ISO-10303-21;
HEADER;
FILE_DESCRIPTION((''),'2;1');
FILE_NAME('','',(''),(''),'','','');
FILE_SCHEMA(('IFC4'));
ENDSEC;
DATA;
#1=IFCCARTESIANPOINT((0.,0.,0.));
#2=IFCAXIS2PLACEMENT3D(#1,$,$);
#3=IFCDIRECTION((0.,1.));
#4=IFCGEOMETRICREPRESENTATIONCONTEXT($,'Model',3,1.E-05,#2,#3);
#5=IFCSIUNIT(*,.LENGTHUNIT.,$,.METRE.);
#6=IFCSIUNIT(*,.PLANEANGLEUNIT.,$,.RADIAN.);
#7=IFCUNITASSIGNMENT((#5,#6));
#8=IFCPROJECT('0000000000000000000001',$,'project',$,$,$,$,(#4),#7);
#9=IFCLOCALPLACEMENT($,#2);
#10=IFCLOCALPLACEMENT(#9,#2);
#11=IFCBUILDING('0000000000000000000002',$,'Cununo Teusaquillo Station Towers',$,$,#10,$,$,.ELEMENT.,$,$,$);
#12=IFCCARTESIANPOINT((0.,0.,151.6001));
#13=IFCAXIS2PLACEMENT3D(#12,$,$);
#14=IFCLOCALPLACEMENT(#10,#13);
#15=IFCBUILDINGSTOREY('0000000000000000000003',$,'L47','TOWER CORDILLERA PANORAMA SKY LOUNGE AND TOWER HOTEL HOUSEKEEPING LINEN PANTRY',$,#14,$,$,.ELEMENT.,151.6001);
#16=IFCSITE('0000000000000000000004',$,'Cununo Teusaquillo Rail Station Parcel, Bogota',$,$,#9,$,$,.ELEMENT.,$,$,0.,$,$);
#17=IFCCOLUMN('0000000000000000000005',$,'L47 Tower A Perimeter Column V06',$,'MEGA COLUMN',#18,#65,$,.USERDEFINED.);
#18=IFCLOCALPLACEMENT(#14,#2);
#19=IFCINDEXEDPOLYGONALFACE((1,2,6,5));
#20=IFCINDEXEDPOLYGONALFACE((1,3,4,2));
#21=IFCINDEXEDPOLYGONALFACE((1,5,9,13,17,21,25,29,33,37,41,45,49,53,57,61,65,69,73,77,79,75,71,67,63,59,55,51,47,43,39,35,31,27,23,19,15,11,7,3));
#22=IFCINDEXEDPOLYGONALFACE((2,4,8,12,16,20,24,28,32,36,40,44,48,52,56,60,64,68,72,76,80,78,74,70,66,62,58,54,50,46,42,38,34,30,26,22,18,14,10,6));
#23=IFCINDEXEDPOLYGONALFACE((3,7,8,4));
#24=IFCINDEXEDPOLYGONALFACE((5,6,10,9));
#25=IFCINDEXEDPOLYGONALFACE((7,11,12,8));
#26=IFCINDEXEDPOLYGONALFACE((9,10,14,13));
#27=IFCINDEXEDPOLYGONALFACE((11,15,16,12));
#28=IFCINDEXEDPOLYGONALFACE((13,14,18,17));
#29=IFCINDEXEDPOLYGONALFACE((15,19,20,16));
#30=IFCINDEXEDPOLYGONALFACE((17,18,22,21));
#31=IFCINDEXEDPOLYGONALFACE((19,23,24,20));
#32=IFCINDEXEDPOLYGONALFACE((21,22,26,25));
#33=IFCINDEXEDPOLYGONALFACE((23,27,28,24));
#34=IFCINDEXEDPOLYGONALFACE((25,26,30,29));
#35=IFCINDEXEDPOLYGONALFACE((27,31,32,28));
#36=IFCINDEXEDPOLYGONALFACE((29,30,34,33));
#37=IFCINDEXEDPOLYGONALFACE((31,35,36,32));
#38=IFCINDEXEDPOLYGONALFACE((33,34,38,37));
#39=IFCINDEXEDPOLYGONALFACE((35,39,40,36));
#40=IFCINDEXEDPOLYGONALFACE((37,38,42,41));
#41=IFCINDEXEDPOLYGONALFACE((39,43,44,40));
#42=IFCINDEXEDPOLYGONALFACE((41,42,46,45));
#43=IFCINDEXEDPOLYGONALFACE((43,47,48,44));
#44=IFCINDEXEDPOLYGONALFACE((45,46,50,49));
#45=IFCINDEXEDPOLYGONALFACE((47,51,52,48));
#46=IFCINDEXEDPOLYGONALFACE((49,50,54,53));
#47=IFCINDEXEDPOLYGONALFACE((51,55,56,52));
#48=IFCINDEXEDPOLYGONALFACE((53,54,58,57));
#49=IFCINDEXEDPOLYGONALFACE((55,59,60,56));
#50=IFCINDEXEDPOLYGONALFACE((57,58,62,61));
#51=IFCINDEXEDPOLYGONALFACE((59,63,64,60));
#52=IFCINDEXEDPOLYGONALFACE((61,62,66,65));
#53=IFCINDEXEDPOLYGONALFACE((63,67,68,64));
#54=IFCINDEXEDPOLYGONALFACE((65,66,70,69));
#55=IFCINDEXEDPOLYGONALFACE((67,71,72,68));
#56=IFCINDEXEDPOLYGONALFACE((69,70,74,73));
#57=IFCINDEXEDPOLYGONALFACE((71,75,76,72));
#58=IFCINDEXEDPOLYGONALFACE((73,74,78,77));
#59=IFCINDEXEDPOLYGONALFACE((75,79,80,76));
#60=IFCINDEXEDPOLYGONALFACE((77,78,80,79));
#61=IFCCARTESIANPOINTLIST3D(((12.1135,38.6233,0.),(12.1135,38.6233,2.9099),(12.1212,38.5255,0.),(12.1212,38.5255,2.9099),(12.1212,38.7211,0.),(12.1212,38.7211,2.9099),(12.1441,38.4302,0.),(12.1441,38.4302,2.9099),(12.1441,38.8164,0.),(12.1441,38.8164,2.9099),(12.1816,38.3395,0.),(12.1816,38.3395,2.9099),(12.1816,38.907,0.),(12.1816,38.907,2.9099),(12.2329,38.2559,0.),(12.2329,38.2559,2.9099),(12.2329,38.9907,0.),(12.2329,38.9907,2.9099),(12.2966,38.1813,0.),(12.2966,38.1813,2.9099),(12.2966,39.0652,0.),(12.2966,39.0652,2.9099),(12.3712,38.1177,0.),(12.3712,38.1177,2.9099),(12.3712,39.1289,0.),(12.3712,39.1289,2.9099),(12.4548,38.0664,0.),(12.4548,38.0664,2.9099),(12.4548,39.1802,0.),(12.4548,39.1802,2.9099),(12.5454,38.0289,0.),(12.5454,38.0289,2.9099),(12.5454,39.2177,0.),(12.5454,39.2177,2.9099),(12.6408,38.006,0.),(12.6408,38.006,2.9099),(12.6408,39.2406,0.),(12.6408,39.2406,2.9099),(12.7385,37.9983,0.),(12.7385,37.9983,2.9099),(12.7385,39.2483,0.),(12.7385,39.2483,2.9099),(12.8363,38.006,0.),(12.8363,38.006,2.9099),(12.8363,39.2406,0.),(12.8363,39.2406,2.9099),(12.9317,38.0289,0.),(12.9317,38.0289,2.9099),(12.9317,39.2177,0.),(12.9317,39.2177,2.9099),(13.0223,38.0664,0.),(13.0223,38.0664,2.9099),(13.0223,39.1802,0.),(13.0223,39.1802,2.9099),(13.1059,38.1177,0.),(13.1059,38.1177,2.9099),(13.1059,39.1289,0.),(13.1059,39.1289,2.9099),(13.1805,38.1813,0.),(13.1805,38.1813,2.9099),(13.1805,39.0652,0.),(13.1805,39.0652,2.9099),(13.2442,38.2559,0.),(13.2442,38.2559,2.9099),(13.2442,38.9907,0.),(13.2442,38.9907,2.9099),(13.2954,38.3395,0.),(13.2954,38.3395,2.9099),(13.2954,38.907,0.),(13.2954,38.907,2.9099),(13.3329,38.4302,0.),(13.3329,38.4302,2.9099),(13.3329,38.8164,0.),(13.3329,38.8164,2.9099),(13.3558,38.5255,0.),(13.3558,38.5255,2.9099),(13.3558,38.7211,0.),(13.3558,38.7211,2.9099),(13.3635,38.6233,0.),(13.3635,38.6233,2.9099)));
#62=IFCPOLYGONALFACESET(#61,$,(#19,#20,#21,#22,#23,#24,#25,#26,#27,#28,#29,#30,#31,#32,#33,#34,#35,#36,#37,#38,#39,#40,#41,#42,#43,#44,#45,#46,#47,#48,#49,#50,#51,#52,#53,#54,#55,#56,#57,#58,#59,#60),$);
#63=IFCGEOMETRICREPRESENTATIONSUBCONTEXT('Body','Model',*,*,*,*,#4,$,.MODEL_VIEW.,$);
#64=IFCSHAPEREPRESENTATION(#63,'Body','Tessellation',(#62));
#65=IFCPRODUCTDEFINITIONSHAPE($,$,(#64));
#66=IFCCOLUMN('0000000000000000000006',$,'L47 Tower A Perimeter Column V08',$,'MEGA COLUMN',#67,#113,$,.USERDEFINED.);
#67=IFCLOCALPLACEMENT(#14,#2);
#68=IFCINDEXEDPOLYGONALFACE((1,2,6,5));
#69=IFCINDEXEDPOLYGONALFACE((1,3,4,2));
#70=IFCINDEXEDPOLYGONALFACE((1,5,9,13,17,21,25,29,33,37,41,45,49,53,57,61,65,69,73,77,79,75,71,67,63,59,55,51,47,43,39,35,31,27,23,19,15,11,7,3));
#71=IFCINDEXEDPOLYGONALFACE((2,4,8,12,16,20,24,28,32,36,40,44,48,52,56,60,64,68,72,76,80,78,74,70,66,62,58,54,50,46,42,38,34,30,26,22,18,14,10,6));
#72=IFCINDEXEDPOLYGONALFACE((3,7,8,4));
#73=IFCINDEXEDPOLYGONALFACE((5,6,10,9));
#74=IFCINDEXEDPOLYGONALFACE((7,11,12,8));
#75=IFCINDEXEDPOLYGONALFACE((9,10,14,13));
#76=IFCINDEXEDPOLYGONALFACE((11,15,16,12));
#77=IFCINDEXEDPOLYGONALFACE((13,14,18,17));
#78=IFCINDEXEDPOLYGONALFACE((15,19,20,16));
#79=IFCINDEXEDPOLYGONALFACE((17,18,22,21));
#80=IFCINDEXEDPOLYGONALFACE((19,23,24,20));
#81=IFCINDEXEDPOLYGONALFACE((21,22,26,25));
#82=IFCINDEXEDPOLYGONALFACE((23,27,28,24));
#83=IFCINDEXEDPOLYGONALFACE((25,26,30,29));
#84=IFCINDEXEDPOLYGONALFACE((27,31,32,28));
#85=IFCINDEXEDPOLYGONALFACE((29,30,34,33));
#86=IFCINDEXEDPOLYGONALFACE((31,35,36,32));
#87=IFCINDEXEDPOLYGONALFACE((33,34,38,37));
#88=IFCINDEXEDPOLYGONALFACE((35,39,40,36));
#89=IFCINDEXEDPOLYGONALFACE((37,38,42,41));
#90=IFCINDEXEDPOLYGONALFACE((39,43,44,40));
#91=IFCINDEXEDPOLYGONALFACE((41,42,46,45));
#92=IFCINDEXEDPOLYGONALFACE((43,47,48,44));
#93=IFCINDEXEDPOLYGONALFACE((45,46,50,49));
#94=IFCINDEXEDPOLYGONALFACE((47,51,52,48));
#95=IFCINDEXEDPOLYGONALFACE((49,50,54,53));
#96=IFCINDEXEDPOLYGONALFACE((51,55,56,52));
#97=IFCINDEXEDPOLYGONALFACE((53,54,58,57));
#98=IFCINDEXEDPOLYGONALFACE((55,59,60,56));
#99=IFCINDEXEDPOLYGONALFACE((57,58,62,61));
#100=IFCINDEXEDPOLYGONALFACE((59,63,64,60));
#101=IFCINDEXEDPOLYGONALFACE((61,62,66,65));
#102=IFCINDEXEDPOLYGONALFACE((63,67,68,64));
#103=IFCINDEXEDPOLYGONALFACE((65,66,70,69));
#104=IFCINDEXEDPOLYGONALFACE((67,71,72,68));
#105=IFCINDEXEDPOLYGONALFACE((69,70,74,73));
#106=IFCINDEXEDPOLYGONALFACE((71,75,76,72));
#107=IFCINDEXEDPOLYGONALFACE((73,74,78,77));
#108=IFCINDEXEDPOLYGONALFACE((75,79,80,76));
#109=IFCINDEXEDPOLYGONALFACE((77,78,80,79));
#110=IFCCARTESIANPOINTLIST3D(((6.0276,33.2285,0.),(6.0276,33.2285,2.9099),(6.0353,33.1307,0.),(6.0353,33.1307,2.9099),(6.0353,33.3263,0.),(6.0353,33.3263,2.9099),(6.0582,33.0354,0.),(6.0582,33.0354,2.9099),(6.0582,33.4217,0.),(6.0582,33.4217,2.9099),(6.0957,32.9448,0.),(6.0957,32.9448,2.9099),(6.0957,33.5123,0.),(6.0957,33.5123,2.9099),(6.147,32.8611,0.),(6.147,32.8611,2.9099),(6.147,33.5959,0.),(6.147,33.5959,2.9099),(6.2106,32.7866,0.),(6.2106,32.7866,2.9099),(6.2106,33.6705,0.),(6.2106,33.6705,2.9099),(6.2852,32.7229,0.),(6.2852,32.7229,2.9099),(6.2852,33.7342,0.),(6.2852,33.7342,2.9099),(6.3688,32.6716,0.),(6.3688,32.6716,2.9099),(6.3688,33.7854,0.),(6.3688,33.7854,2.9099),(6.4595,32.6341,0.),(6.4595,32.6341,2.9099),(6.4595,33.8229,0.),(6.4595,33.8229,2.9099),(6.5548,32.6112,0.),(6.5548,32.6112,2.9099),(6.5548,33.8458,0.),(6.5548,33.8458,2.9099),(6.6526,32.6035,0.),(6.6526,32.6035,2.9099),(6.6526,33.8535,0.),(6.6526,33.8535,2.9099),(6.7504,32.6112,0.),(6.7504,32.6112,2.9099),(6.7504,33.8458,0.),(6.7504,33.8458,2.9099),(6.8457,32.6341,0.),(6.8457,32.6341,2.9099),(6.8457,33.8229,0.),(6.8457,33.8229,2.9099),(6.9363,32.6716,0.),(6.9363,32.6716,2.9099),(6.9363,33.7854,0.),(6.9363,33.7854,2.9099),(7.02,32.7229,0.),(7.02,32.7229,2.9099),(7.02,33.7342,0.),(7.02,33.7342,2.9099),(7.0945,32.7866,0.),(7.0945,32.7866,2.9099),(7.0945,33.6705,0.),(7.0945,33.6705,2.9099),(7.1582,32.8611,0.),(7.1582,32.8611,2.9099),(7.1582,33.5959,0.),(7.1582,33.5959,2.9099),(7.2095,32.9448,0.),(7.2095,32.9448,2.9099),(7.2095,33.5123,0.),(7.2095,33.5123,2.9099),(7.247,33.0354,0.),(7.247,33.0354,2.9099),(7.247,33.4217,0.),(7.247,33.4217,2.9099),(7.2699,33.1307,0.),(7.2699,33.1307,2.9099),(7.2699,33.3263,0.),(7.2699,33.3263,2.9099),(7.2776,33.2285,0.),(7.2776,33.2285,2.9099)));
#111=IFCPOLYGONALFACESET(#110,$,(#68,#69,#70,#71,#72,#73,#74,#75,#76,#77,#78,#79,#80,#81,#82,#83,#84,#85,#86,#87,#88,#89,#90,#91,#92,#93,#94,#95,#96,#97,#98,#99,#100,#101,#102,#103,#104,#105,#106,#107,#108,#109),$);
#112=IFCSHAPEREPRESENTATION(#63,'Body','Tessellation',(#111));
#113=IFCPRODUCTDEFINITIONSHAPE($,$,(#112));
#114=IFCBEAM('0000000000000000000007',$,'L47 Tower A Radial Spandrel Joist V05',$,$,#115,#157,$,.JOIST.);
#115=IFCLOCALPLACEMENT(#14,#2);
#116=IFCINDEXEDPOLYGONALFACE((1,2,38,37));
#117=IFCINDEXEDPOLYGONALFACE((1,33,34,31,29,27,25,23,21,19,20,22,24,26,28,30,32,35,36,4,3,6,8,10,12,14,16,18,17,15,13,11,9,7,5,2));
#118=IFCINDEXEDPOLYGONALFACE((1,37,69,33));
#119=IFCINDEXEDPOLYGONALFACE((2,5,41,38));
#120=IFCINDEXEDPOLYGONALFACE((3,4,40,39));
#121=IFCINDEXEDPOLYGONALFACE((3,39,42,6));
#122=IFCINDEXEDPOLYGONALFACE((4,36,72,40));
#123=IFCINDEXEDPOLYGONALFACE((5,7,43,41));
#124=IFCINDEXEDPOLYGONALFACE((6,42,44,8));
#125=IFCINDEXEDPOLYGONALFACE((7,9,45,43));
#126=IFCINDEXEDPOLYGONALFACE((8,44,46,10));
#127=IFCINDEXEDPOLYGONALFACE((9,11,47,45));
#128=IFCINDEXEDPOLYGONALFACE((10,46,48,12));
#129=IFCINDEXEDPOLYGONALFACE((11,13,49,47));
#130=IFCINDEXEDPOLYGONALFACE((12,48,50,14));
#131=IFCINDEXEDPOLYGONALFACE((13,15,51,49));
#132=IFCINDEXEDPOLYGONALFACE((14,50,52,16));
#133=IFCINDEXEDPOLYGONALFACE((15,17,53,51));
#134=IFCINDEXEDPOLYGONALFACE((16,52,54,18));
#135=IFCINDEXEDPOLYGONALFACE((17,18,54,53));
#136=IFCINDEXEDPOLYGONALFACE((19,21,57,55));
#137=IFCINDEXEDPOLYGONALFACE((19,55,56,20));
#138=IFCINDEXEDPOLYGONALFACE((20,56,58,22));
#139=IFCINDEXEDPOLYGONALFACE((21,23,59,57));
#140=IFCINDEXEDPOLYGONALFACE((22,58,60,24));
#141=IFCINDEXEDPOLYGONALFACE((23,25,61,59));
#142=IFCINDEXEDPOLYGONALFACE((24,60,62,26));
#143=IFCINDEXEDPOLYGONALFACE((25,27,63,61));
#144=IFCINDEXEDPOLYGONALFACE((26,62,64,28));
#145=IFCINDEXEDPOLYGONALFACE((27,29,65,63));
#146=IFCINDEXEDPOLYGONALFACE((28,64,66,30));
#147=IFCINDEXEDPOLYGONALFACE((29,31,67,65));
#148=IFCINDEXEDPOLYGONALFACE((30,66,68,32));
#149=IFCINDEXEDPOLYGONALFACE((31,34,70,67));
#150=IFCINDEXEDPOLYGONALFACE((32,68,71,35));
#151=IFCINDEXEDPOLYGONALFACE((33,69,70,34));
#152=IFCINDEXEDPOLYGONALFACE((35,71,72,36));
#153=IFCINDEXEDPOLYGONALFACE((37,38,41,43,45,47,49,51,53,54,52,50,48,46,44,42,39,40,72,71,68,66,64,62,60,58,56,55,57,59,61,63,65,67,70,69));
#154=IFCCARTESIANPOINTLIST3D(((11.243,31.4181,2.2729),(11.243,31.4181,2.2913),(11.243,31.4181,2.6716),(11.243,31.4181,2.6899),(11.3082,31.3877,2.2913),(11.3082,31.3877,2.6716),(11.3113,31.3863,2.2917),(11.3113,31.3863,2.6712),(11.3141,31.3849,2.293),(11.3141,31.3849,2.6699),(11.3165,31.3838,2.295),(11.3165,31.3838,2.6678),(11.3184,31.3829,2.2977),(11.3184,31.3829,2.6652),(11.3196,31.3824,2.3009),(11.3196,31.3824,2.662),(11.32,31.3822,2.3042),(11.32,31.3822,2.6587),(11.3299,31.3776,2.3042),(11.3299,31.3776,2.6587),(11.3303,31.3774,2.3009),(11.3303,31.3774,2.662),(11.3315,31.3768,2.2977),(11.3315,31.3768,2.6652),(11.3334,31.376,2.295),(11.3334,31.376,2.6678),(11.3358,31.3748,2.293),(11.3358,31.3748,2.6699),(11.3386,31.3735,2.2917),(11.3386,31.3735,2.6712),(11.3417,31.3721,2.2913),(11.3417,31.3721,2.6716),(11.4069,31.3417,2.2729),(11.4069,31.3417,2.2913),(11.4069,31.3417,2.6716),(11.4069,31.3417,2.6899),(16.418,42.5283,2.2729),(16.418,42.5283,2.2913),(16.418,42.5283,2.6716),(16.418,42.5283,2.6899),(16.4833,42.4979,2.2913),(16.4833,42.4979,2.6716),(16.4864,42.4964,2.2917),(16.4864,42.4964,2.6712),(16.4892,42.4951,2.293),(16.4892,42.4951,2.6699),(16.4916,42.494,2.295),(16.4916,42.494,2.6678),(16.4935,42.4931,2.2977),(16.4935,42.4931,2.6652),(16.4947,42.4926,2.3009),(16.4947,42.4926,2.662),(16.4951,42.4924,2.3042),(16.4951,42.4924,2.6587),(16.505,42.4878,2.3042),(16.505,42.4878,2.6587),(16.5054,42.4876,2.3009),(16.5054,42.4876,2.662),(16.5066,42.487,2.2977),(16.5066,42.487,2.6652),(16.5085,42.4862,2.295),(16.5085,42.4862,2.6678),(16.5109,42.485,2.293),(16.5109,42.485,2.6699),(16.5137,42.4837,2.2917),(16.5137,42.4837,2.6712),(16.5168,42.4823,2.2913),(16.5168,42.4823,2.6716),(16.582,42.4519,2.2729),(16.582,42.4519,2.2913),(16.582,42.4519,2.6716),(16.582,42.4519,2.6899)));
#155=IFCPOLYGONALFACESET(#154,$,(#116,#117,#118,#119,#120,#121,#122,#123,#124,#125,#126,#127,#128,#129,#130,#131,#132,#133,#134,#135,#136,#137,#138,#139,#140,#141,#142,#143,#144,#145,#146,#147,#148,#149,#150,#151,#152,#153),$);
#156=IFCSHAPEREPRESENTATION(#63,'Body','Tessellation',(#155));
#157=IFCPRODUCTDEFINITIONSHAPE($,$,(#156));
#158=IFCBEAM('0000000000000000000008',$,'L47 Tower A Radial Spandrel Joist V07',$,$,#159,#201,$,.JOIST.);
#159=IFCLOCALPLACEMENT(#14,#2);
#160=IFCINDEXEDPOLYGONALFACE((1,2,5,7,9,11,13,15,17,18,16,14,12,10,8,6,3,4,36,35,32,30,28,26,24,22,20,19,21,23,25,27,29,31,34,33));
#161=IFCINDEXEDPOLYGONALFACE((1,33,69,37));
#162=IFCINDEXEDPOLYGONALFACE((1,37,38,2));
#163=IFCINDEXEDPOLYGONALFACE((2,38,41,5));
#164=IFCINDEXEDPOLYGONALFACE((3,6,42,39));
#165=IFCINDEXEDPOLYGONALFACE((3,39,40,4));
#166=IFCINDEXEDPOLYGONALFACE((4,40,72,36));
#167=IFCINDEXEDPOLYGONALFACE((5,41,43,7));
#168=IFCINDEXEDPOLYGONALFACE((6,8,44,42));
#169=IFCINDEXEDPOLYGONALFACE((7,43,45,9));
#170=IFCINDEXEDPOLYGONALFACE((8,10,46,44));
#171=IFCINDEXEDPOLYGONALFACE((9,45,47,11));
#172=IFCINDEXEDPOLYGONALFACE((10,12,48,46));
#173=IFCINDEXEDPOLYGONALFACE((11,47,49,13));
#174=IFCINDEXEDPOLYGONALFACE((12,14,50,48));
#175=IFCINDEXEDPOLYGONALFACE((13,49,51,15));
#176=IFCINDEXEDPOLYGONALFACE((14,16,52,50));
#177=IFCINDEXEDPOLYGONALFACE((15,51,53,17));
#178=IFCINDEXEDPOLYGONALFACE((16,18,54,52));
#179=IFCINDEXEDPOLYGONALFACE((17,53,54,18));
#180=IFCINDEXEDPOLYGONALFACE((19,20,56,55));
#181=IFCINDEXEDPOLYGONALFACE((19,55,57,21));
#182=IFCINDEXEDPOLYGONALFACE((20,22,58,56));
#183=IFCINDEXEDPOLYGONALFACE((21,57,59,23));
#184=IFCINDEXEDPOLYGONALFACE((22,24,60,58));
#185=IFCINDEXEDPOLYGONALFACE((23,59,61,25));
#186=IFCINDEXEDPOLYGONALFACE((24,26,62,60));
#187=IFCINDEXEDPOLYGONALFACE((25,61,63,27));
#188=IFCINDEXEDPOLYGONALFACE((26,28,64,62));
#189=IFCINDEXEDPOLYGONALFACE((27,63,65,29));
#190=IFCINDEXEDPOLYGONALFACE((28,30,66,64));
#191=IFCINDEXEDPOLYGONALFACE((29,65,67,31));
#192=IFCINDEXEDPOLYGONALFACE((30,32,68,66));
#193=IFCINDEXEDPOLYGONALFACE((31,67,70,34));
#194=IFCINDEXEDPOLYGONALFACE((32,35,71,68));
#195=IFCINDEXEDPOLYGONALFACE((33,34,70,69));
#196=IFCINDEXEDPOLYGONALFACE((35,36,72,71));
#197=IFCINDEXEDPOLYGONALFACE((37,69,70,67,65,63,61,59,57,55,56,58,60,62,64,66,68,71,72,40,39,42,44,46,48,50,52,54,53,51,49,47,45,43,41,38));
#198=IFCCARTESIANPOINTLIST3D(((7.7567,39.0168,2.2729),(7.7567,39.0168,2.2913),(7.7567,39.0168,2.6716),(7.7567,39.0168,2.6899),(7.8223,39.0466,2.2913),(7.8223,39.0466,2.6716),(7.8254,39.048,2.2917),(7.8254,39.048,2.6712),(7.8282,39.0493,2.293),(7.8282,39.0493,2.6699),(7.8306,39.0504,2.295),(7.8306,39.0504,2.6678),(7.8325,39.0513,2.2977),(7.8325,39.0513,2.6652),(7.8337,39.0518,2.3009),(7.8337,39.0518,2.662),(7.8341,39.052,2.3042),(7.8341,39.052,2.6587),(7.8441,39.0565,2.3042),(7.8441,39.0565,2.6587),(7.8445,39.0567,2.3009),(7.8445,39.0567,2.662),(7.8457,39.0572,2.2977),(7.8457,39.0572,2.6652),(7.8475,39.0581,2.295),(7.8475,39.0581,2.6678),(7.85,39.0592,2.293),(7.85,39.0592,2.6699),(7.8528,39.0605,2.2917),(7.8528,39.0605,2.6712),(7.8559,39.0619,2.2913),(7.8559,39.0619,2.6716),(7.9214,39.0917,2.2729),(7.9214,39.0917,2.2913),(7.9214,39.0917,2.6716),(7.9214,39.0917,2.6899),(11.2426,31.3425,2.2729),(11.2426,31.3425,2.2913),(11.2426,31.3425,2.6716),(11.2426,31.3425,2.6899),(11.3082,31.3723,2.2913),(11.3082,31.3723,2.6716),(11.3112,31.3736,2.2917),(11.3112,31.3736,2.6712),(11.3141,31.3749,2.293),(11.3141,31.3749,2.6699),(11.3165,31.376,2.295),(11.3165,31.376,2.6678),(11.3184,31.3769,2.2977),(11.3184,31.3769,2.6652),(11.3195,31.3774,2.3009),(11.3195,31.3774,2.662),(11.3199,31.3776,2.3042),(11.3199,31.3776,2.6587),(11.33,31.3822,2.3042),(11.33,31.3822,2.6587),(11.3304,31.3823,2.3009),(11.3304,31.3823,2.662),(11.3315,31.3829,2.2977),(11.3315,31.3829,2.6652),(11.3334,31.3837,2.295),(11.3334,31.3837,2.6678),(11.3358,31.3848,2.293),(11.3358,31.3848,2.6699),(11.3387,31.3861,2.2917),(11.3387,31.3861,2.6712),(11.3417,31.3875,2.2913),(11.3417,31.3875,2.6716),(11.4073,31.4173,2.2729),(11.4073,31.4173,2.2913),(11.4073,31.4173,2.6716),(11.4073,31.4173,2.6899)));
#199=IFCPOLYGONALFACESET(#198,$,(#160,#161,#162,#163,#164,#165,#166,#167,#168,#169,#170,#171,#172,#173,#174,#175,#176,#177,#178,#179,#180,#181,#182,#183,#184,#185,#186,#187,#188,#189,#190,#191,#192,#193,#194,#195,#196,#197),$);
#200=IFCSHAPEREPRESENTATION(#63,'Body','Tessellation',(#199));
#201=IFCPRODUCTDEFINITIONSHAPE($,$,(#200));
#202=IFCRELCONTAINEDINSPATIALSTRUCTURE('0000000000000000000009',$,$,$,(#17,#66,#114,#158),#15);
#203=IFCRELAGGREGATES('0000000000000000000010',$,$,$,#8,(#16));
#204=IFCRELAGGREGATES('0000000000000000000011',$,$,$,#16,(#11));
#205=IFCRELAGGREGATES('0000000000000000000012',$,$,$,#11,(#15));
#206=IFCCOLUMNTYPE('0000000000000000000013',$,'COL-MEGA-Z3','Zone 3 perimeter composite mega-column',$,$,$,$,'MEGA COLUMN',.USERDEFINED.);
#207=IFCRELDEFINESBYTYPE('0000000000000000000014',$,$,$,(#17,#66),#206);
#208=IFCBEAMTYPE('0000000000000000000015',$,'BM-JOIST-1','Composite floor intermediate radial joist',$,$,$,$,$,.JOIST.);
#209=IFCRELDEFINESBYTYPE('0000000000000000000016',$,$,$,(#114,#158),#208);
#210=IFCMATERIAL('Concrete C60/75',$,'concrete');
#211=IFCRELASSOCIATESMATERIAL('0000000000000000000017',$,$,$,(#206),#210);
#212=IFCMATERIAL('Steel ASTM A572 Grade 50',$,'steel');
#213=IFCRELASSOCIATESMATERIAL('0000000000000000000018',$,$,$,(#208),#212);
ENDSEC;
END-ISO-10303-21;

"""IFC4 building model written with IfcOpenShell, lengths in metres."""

from ifc_helpers import new_model, si_unit, direction, frame, origin, origin_2d, place, context, subcontext, project, spatial, circle, i_section, extrude, material, material_profile, profile_set, type_object, element, save


model = new_model("IFC4")

# Units and contexts
model_context = context("Model", 3, precision=1e-05, world=origin(), true_north=direction((0.0, 1.0)))
body_context = subcontext(model_context, "Body", "Model", "MODEL_VIEW")
ifc_project = project(units=[si_unit("LENGTHUNIT", "METRE"), si_unit("PLANEANGLEUNIT", "RADIAN")], contexts=[model_context])

# Site, building, storey
site_placement = place(None, origin())
site = spatial("IfcSite", under=ifc_project, at=site_placement, Name="Cununo Teusaquillo Rail Station Parcel, Bogota", CompositionType="ELEMENT", RefElevation=0.0)
building_placement = place(site_placement, origin())
building = spatial("IfcBuilding", under=site, at=building_placement, Name="Cununo Teusaquillo Station Towers", CompositionType="ELEMENT")
storey_placement = place(building_placement, frame((0.0, 0.0, 151.6001)))
storey = spatial("IfcBuildingStorey", under=building, at=storey_placement, Name="L47", Description="TOWER CORDILLERA PANORAMA SKY LOUNGE AND TOWER HOTEL HOUSEKEEPING LINEN PANTRY", CompositionType="ELEMENT", Elevation=151.6001)

# Columns
ifc_material_1 = material(Name="Concrete C60/75", Category="concrete")
ifc_material_profile_1 = material_profile(ifc_material_1, circle(Radius=0.625, at=origin_2d()), Name="RC-CIRC-1250")
ifc_profile_set_1 = profile_set([ifc_material_profile_1], Name="Concrete C60/75")
column_type = type_object("IfcColumnType", Name="COL-MEGA-Z3", Description="Zone 3 perimeter composite mega-column", ElementType="MEGA COLUMN", PredefinedType="USERDEFINED", material=ifc_profile_set_1)
for number, where, z_axis, x_axis, name in (
    (1, (12.7385, 38.6233, 0.0), (0.0, 0.0, 1.0), (1.0, 0.0, 0.0), "L47 Tower A Perimeter Column V06"),
    (2, (6.6526, 33.2285, 0.0), (0.0, 0.0, 1.0), (1.0, 0.0, 0.0), "L47 Tower A Perimeter Column V08"),
):
    element("IfcColumn", number, at=place(storey_placement, frame(where, z_axis=z_axis, x_axis=x_axis)), inside=storey, type_object=column_type, Name=name, ObjectType="MEGA COLUMN", PredefinedType="USERDEFINED", context=body_context, shape_type="SweptSolid", body=[
        extrude(circle(Radius=0.625, at=origin_2d()), origin(), (0.0, 0.0, 1.0), 2.9099),
    ])

# Beams
ifc_material_2 = material(Name="Steel ASTM A572 Grade 50", Category="steel")
ifc_material_profile_2 = material_profile(ifc_material_2, i_section(OverallWidth=0.1809, OverallDepth=0.417, WebThickness=0.011, FlangeThickness=0.0183, FilletRadius=0.0129, at=origin_2d()), Name="W16X57")
ifc_profile_set_2 = profile_set([ifc_material_profile_2], Name="Steel ASTM A572 Grade 50")
beam_type_1 = type_object("IfcBeamType", Name="BM-JOIST-1", Description="Composite floor intermediate radial joist", PredefinedType="JOIST", material=ifc_profile_set_2)
beam_1_placement = place(storey_placement, frame((11.325, 31.3799, 2.4814), z_axis=(0.422238, 0.906485, 0.0), x_axis=(-0.906485, 0.422238, 0.0)))
element("IfcBeam", 3, at=beam_1_placement, inside=storey, type_object=beam_type_1, Name="L47 Tower A Radial Spandrel Joist V05", PredefinedType="JOIST", context=body_context, shape_type="SweptSolid", body=[
    extrude(i_section(OverallWidth=0.1809, OverallDepth=0.417, WebThickness=0.011, FlangeThickness=0.0183, FilletRadius=0.0129, at=origin_2d()), origin(), (0.0, 0.0, 1.0), 12.2563),
])
beam_2_placement = place(storey_placement, frame((11.325, 31.3799, 2.4814), z_axis=(-0.413559, 0.910478, 0.0), x_axis=(-0.910478, -0.413559, 0.0)))
element("IfcBeam", 4, at=beam_2_placement, inside=storey, type_object=beam_type_1, Name="L47 Tower A Radial Spandrel Joist V07", PredefinedType="JOIST", context=body_context, shape_type="SweptSolid", body=[
    extrude(i_section(OverallWidth=0.1809, OverallDepth=0.417, WebThickness=0.011, FlangeThickness=0.0183, FilletRadius=0.0129, at=origin_2d()), origin(), (0.0, 0.0, 1.0), 8.429),
])

save(model, "model.ifc")
